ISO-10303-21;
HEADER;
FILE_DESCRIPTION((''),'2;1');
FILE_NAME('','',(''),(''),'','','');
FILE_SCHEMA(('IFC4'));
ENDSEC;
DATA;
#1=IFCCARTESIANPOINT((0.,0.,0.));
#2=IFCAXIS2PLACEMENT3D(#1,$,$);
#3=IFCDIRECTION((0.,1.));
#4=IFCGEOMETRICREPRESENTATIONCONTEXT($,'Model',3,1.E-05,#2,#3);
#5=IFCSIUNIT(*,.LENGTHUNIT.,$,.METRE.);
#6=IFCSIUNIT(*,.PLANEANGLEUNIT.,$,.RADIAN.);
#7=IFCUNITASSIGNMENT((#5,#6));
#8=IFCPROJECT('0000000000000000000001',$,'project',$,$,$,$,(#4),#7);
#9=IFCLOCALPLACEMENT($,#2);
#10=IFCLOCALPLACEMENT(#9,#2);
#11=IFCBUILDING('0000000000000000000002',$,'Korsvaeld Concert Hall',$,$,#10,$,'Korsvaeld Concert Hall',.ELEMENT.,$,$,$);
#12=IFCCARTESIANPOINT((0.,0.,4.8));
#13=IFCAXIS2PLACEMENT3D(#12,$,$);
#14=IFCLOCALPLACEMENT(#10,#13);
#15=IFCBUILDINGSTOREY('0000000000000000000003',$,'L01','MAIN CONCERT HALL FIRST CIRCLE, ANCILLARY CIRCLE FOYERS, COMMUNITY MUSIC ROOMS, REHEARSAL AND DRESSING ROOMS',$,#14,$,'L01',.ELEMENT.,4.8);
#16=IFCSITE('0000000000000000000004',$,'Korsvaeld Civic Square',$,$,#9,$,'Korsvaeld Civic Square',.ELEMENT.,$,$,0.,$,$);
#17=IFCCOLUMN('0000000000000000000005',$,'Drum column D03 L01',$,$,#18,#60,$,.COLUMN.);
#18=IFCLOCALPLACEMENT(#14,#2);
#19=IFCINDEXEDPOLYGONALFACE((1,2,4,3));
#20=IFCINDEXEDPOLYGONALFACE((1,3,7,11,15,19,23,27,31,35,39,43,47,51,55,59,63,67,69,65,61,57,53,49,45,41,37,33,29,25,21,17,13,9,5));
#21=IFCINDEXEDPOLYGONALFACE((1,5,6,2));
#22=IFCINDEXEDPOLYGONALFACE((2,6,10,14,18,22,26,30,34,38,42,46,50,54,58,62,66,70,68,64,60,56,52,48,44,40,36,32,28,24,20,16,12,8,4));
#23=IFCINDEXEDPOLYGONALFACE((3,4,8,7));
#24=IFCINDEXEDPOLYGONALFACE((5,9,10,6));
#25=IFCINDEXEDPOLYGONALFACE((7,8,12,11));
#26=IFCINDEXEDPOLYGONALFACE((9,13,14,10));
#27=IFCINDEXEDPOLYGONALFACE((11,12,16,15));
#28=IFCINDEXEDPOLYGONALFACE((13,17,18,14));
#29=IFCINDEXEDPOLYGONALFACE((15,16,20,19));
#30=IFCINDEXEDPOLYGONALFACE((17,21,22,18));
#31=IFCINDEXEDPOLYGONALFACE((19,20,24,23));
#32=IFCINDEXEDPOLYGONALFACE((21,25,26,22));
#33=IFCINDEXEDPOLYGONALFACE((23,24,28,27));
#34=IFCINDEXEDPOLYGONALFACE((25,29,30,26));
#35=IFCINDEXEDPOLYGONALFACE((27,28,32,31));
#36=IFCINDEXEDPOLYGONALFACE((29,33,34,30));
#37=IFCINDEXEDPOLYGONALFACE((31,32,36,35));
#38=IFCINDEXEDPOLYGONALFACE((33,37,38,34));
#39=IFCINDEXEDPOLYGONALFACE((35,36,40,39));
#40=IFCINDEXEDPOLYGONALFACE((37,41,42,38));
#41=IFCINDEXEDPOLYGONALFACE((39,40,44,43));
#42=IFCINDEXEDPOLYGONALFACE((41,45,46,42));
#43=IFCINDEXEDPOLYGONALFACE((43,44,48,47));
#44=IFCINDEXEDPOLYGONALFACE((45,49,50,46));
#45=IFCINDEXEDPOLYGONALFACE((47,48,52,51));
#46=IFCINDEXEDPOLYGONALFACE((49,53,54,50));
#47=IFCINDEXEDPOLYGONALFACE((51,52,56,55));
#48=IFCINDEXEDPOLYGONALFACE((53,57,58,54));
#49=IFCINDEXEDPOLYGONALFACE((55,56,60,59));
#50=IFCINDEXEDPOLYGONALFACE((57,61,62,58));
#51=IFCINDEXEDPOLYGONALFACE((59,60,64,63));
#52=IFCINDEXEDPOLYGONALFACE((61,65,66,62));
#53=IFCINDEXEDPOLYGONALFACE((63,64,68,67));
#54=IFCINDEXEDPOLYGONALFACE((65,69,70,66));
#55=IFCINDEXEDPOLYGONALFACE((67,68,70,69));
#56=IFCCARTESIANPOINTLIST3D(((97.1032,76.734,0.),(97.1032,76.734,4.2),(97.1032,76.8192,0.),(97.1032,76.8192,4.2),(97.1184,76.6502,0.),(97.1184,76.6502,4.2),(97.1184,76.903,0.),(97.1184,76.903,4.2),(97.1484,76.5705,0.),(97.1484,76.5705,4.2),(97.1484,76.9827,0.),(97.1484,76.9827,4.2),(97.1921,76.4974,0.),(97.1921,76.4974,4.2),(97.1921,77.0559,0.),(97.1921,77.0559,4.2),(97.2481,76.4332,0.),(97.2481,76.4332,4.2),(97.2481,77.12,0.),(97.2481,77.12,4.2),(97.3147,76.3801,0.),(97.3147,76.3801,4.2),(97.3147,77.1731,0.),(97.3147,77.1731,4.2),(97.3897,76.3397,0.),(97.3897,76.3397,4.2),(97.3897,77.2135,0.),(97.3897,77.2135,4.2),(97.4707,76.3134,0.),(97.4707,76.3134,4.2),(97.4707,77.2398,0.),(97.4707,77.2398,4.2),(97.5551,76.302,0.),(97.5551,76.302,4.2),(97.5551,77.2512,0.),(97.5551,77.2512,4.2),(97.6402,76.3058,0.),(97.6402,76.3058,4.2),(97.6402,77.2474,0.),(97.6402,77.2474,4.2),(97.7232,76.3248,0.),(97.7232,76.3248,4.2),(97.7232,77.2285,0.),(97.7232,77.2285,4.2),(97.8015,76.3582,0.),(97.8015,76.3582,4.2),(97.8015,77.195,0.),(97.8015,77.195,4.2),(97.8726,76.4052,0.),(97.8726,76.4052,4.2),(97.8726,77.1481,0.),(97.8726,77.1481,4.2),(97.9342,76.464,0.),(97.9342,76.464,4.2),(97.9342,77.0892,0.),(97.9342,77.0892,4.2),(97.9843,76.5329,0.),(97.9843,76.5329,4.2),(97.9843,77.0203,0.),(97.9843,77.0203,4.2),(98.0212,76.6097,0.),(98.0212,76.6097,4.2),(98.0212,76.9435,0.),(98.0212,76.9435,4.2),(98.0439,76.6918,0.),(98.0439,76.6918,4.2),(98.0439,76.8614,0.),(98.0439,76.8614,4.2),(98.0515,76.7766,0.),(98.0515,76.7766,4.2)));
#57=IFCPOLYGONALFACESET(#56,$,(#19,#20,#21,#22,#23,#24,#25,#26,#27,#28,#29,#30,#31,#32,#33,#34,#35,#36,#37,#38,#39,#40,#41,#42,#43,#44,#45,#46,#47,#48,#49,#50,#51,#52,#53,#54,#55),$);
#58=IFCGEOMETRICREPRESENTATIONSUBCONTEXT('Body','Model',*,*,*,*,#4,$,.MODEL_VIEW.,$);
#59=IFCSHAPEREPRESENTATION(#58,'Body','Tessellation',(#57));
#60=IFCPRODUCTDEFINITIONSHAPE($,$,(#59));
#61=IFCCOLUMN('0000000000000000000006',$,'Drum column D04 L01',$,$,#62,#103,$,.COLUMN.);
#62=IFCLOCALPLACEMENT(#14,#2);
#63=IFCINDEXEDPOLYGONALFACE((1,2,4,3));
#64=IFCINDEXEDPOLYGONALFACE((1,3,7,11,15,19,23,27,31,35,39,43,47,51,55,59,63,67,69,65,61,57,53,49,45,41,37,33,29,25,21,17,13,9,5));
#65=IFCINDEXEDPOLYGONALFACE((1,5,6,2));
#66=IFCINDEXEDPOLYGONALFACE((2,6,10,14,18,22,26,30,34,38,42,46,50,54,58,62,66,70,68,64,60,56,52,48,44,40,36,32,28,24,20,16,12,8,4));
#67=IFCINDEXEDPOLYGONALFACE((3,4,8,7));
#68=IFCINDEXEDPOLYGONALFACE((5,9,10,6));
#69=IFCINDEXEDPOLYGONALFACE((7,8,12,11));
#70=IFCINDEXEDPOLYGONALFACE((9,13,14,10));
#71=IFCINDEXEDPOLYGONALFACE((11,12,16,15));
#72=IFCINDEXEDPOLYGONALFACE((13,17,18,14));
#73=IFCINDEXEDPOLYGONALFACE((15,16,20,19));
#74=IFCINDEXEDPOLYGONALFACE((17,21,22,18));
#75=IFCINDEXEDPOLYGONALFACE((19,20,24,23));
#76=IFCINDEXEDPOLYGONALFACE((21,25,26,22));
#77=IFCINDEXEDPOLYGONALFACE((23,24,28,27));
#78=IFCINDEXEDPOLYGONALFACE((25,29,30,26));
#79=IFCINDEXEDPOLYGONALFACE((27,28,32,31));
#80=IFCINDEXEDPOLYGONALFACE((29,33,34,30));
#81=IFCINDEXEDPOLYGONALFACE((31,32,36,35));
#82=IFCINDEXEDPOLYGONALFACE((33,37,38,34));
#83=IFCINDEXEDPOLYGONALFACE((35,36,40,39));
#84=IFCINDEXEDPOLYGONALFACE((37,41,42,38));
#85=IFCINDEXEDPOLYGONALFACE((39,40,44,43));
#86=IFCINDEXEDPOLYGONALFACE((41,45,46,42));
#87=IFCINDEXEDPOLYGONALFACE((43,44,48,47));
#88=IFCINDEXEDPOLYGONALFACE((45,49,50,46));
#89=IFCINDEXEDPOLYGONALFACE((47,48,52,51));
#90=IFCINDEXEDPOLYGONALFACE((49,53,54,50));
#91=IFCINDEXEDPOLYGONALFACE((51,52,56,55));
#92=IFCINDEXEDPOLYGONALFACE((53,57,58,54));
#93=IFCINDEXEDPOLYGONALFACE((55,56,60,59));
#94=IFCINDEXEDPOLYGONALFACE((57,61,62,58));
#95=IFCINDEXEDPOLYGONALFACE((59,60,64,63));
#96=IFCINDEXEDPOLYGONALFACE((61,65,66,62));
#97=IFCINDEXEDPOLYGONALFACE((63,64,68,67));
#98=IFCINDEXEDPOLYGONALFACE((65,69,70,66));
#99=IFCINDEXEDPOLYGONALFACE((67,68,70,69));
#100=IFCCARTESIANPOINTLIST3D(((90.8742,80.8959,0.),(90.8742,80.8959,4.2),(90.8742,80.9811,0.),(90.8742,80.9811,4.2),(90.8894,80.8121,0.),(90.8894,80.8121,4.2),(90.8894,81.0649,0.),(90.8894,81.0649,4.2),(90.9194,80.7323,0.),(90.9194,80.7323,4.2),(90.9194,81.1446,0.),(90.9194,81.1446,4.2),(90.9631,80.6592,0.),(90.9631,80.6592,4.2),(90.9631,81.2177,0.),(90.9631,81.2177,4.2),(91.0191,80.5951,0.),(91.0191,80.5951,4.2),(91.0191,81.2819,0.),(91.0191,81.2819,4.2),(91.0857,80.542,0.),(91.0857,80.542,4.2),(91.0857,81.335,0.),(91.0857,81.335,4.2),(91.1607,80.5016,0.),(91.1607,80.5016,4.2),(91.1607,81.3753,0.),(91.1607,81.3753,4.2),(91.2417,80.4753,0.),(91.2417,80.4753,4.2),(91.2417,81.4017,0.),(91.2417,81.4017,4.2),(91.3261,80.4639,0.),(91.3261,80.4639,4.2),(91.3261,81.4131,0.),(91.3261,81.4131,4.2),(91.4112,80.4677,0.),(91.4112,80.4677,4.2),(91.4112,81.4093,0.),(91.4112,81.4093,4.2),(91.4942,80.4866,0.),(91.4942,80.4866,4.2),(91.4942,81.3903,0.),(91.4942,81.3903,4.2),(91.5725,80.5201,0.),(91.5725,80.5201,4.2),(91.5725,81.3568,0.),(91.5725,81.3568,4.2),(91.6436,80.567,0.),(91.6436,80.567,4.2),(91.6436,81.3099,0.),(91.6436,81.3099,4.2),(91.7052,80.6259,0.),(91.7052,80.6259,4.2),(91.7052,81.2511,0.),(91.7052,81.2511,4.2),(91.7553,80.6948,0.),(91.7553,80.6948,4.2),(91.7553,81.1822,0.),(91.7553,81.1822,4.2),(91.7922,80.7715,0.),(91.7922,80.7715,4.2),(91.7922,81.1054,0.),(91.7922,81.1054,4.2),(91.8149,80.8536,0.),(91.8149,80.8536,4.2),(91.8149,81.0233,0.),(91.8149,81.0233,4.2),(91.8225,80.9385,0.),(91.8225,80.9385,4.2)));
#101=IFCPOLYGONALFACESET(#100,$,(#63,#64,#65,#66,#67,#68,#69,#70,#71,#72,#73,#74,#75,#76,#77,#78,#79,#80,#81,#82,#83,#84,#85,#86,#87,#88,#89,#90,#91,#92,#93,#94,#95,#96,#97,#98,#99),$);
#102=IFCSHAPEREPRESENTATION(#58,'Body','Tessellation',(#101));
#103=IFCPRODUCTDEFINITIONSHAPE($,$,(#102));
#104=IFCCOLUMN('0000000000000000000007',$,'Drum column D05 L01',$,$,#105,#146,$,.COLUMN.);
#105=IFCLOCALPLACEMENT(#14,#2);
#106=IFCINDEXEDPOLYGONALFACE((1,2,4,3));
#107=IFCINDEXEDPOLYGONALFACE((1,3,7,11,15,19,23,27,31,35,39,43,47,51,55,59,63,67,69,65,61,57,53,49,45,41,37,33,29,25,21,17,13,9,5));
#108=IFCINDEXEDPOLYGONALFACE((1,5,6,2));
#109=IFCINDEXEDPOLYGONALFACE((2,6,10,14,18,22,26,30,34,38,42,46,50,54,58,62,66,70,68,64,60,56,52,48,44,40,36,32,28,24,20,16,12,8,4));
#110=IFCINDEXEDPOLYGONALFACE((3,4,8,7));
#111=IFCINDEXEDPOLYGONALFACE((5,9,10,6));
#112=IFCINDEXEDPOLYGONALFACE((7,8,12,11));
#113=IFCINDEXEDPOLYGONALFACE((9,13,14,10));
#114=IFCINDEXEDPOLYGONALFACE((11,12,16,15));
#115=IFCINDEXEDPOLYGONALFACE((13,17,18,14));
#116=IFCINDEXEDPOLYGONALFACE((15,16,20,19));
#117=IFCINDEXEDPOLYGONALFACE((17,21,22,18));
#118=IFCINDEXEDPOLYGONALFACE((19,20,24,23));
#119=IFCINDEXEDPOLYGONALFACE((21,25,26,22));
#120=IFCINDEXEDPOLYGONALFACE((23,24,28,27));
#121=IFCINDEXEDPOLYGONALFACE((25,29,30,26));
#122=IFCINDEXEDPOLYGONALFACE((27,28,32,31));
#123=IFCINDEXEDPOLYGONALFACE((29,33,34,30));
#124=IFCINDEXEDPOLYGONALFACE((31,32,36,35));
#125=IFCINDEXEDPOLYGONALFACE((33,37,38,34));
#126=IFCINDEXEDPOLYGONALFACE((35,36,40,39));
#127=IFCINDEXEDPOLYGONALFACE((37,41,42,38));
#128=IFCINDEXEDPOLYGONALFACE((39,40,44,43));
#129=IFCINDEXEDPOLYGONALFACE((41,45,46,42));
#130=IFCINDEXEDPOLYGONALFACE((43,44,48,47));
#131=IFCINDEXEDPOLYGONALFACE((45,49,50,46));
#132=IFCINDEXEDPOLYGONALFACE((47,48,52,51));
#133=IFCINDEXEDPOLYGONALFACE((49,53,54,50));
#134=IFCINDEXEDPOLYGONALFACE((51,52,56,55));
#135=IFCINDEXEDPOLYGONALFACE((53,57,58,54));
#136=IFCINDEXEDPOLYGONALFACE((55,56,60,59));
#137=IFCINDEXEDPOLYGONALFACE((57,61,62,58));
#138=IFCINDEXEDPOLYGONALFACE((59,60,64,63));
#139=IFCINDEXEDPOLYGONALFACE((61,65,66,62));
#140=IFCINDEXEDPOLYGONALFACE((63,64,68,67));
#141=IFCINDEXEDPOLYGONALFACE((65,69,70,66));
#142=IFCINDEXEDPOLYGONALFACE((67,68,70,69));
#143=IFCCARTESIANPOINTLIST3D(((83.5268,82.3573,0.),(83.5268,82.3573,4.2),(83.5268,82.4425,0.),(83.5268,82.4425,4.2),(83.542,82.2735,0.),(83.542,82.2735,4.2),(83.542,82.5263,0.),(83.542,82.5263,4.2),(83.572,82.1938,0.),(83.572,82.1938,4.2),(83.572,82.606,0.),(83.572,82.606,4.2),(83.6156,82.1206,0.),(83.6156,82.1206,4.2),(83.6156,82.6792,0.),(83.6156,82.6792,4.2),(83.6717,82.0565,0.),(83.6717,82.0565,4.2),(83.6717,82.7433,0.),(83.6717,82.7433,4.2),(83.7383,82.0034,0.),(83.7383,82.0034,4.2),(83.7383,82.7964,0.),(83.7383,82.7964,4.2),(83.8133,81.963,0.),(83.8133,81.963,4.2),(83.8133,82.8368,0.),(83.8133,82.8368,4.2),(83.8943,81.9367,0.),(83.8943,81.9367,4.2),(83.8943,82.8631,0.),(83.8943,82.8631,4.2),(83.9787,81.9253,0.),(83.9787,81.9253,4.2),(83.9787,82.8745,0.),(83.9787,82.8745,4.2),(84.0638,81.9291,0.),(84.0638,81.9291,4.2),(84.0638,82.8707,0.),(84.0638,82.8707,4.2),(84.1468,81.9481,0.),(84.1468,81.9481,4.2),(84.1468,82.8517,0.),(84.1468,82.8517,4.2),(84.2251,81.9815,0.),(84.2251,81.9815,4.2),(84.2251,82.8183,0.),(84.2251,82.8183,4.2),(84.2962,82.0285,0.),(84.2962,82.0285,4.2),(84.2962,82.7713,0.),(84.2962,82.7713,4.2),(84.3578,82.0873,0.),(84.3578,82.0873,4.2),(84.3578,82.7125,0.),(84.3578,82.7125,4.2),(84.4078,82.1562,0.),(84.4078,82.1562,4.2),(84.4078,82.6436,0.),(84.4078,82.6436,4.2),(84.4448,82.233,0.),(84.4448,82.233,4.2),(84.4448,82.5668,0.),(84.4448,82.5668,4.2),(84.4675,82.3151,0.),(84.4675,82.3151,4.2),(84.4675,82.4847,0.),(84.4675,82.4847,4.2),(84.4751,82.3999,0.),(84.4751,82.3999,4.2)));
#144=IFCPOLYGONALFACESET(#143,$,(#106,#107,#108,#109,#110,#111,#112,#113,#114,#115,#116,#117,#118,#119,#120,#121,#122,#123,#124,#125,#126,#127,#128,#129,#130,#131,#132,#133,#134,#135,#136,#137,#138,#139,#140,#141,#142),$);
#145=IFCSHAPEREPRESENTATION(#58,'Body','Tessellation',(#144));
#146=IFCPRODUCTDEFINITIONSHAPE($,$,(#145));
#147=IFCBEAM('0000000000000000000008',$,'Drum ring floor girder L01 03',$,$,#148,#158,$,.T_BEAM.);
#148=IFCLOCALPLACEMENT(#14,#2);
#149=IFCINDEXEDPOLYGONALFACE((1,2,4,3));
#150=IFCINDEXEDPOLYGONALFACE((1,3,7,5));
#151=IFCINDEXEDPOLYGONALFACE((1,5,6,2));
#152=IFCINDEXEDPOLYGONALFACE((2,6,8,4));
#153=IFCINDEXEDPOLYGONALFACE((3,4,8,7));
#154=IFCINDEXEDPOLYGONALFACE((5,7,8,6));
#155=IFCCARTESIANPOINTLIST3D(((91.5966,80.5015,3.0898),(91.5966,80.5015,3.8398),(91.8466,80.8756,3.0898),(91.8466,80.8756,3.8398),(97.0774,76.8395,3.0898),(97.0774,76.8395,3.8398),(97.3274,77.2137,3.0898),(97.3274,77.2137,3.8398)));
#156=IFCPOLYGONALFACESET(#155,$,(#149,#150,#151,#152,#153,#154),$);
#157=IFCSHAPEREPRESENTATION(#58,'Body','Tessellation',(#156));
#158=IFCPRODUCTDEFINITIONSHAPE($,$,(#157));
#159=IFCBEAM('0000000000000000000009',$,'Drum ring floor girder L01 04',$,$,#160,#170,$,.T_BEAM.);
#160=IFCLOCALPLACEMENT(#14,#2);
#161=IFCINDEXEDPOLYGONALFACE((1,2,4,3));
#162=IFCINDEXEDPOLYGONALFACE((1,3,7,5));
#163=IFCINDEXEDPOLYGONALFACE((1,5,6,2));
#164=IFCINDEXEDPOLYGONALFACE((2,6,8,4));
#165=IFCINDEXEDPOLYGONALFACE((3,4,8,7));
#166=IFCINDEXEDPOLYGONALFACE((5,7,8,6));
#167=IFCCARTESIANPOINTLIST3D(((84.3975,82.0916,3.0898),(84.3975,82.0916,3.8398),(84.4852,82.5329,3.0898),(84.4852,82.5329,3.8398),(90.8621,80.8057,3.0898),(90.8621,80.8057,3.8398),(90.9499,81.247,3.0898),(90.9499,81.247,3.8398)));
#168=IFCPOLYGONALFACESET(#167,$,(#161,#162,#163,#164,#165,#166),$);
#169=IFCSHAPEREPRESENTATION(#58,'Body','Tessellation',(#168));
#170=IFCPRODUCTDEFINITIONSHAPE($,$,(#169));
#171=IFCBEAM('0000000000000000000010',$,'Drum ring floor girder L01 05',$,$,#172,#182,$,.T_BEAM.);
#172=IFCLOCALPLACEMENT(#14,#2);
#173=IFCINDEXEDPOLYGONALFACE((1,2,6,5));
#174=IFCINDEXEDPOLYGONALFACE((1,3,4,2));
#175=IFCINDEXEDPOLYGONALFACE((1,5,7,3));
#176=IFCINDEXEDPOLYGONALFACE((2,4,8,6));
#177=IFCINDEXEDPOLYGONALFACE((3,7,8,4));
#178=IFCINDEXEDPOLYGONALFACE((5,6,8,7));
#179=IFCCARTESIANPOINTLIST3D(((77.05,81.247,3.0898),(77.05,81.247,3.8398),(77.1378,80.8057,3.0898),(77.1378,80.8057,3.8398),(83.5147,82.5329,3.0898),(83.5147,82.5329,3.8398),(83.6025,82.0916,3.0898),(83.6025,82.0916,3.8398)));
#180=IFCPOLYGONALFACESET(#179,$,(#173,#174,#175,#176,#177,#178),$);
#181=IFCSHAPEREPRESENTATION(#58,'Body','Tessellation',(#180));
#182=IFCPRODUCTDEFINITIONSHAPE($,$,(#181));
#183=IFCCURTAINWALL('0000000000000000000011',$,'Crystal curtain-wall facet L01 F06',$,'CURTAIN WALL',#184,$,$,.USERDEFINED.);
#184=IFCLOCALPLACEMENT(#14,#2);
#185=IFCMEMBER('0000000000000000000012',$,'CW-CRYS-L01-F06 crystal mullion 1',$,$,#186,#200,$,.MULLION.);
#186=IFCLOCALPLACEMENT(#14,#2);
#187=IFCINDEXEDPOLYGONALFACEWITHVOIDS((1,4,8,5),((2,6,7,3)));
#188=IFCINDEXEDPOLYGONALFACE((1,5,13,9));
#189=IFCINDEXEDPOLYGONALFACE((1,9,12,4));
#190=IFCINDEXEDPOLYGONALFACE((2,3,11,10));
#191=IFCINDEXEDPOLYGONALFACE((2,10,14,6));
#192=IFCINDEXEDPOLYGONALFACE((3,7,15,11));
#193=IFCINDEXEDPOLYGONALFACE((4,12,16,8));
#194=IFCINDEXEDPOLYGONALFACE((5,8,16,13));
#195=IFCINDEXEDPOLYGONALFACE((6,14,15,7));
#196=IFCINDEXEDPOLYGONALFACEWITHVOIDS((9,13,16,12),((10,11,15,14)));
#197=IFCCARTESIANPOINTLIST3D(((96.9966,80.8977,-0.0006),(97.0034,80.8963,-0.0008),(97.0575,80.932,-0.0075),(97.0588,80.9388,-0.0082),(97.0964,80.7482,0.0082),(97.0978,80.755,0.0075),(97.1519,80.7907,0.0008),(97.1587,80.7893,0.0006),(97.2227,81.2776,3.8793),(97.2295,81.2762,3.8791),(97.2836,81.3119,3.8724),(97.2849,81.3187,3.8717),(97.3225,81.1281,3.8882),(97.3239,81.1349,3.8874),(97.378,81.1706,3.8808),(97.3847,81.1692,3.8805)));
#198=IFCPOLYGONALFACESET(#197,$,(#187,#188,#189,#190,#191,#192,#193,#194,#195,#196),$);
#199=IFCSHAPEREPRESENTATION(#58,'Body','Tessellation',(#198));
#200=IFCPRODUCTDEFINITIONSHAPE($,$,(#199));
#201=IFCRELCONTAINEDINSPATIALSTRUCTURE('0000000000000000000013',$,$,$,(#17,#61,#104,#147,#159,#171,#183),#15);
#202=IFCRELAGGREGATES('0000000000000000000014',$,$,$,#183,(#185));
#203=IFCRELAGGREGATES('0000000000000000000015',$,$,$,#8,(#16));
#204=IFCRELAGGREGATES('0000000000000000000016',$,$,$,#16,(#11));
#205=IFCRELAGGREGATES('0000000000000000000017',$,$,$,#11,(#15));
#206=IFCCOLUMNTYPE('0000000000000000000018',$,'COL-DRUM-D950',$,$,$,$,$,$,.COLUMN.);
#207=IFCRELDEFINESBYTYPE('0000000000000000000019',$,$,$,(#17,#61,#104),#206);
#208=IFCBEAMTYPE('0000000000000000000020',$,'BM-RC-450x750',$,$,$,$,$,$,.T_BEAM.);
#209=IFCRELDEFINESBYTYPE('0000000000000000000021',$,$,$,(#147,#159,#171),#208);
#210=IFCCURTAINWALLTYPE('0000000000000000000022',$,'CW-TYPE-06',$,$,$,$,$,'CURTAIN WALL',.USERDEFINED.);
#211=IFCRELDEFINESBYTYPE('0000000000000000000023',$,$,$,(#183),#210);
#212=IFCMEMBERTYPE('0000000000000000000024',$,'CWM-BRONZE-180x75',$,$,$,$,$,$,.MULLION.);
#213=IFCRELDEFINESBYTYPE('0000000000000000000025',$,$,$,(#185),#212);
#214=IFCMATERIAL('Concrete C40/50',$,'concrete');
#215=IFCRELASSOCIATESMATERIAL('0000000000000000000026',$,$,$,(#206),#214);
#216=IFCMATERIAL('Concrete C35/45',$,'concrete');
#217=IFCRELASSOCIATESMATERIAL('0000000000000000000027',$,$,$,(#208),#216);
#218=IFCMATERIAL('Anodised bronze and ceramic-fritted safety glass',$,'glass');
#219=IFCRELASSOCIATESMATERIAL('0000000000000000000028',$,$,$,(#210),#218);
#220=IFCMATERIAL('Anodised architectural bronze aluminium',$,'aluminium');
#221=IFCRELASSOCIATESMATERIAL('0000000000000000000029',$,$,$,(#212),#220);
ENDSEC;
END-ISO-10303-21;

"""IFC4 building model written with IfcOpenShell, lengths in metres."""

from ifc_helpers import new_model, si_unit, direction, frame, origin, origin_2d, place, context, subcontext, project, spatial, rectangle, hollow_rectangle, circle, extrude, material, material_profile, profile_set, type_object, element, aggregate, save


model = new_model("IFC4")

# Units and contexts
model_context = context("Model", 3, precision=1e-05, world=origin(), true_north=direction((0.0, 1.0)))
body_context = subcontext(model_context, "Body", "Model", "MODEL_VIEW")
ifc_project = project(units=[si_unit("LENGTHUNIT", "METRE"), si_unit("PLANEANGLEUNIT", "RADIAN")], contexts=[model_context])

# Site, building, storey
site_placement = place(None, origin())
site = spatial("IfcSite", under=ifc_project, at=site_placement, Name="Korsvaeld Civic Square", LongName="Korsvaeld Civic Square", CompositionType="ELEMENT", RefElevation=0.0)
building_placement = place(site_placement, origin())
building = spatial("IfcBuilding", under=site, at=building_placement, Name="Korsvaeld Concert Hall", LongName="Korsvaeld Concert Hall", CompositionType="ELEMENT")
storey_placement = place(building_placement, frame((0.0, 0.0, 4.8)))
storey = spatial("IfcBuildingStorey", under=building, at=storey_placement, Name="L01", Description="MAIN CONCERT HALL FIRST CIRCLE, ANCILLARY CIRCLE FOYERS, COMMUNITY MUSIC ROOMS, REHEARSAL AND DRESSING ROOMS", LongName="L01", CompositionType="ELEMENT", Elevation=4.8)

# Columns
ifc_material_1 = material(Name="Concrete C40/50", Category="concrete")
ifc_material_profile_1 = material_profile(ifc_material_1, circle(Radius=0.4751, at=origin_2d()), Name="RC D950")
ifc_profile_set_1 = profile_set([ifc_material_profile_1], Name="Concrete C40/50")
column_type = type_object("IfcColumnType", Name="COL-DRUM-D950", PredefinedType="COLUMN", material=ifc_profile_set_1)
for number, where, z_axis, x_axis, name in (
    (1, (97.5764, 76.7766, 0.0), (0.0, 0.0, 1.0), (1.0, 0.0, 0.0), "Drum column D03 L01"),
    (2, (91.3474, 80.9385, 0.0), (0.0, 0.0, 1.0), (1.0, 0.0, 0.0), "Drum column D04 L01"),
    (3, (84.0, 82.3999, 0.0), (0.0, 0.0, 1.0), (1.0, 0.0, 0.0), "Drum column D05 L01"),
):
    element("IfcColumn", number, at=place(storey_placement, frame(where, z_axis=z_axis, x_axis=x_axis)), inside=storey, type_object=column_type, Name=name, PredefinedType="COLUMN", context=body_context, shape_type="SweptSolid", body=[
        extrude(circle(Radius=0.4751, at=origin_2d()), origin(), (0.0, 0.0, 1.0), 4.2),
    ])

# Beams
ifc_material_2 = material(Name="Concrete C35/45", Category="concrete")
ifc_material_profile_2 = material_profile(ifc_material_2, rectangle(XDim=0.45, YDim=0.75, at=origin_2d()), Name="RC 450x750")
ifc_profile_set_2 = profile_set([ifc_material_profile_2], Name="Concrete C35/45")
beam_type = type_object("IfcBeamType", Name="BM-RC-450x750", PredefinedType="T_BEAM", material=ifc_profile_set_2)
beam_placement = place(storey_placement, frame((97.2024, 77.0266, 3.4648), z_axis=(-0.831486, 0.555546, 0.0), x_axis=(-0.555546, -0.831486, 0.0)))
element("IfcBeam", 4, at=beam_placement, inside=storey, type_object=beam_type, Name="Drum ring floor girder L01 03", PredefinedType="T_BEAM", context=body_context, shape_type="SweptSolid", body=[
    extrude(rectangle(XDim=0.45, YDim=0.75, at=origin_2d()), origin(), (0.0, 0.0, 1.0), 6.5916),
])
for number, where, z_axis, x_axis, name in (
    (5, (90.906, 81.0264, 3.4648), (-0.980785, 0.19509, 0.0), (-0.19509, -0.980785, 0.0), "Drum ring floor girder L01 04"),
    (6, (83.5586, 82.3123, 3.4648), (-0.980785, -0.19509, 0.0), (0.19509, -0.980785, 0.0), "Drum ring floor girder L01 05"),
):
    element("IfcBeam", number, at=place(storey_placement, frame(where, z_axis=z_axis, x_axis=x_axis)), inside=storey, type_object=beam_type, Name=name, PredefinedType="T_BEAM", context=body_context, shape_type="SweptSolid", body=[
        extrude(rectangle(XDim=0.45, YDim=0.75, at=origin_2d()), origin(), (0.0, 0.0, 1.0), 6.5913),
    ])

# Curtain wall, member
ifc_material_3 = material(Name="Anodised bronze and ceramic-fritted safety glass", Category="glass")
curtain_wall_type_1 = type_object("IfcCurtainWallType", Name="CW-TYPE-06", ElementType="CURTAIN WALL", PredefinedType="USERDEFINED", material=ifc_material_3)
curtain_wall_1_placement = place(storey_placement, origin())
curtain_wall_1 = element("IfcCurtainWall", 7, at=curtain_wall_1_placement, inside=storey, type_object=curtain_wall_type_1, Name="Crystal curtain-wall facet L01 F06", ObjectType="CURTAIN WALL", PredefinedType="USERDEFINED")
ifc_material_4 = material(Name="Anodised architectural bronze aluminium", Category="aluminium")
ifc_material_profile_3 = material_profile(ifc_material_4, hollow_rectangle(XDim=0.075, YDim=0.1799, WallThickness=0.0049, at=origin_2d()), Name="CWM 180x75x5")
ifc_profile_set_3 = profile_set([ifc_material_profile_3], Name="Anodised architectural bronze aluminium")
member_type_1 = type_object("IfcMemberType", Name="CWM-BRONZE-180x75", PredefinedType="MULLION", material=ifc_profile_set_3)
member_1_placement = place(storey_placement, frame((97.0776, 80.8435, 0.0), z_axis=(0.057894, 0.097281, 0.993572), x_axis=(0.829999, 0.548349, -0.102052)))
member_1 = element("IfcMember", 8, at=member_1_placement, type_object=member_type_1, Name="CW-CRYS-L01-F06 crystal mullion 1", PredefinedType="MULLION", context=body_context, shape_type="SweptSolid", body=[
    extrude(hollow_rectangle(XDim=0.075, YDim=0.1799, WallThickness=0.0049, at=origin_2d()), origin(), (0.0, 0.0, 1.0), 3.905),
])

aggregate(curtain_wall_1, [member_1])

save(model, "model.ifc")
